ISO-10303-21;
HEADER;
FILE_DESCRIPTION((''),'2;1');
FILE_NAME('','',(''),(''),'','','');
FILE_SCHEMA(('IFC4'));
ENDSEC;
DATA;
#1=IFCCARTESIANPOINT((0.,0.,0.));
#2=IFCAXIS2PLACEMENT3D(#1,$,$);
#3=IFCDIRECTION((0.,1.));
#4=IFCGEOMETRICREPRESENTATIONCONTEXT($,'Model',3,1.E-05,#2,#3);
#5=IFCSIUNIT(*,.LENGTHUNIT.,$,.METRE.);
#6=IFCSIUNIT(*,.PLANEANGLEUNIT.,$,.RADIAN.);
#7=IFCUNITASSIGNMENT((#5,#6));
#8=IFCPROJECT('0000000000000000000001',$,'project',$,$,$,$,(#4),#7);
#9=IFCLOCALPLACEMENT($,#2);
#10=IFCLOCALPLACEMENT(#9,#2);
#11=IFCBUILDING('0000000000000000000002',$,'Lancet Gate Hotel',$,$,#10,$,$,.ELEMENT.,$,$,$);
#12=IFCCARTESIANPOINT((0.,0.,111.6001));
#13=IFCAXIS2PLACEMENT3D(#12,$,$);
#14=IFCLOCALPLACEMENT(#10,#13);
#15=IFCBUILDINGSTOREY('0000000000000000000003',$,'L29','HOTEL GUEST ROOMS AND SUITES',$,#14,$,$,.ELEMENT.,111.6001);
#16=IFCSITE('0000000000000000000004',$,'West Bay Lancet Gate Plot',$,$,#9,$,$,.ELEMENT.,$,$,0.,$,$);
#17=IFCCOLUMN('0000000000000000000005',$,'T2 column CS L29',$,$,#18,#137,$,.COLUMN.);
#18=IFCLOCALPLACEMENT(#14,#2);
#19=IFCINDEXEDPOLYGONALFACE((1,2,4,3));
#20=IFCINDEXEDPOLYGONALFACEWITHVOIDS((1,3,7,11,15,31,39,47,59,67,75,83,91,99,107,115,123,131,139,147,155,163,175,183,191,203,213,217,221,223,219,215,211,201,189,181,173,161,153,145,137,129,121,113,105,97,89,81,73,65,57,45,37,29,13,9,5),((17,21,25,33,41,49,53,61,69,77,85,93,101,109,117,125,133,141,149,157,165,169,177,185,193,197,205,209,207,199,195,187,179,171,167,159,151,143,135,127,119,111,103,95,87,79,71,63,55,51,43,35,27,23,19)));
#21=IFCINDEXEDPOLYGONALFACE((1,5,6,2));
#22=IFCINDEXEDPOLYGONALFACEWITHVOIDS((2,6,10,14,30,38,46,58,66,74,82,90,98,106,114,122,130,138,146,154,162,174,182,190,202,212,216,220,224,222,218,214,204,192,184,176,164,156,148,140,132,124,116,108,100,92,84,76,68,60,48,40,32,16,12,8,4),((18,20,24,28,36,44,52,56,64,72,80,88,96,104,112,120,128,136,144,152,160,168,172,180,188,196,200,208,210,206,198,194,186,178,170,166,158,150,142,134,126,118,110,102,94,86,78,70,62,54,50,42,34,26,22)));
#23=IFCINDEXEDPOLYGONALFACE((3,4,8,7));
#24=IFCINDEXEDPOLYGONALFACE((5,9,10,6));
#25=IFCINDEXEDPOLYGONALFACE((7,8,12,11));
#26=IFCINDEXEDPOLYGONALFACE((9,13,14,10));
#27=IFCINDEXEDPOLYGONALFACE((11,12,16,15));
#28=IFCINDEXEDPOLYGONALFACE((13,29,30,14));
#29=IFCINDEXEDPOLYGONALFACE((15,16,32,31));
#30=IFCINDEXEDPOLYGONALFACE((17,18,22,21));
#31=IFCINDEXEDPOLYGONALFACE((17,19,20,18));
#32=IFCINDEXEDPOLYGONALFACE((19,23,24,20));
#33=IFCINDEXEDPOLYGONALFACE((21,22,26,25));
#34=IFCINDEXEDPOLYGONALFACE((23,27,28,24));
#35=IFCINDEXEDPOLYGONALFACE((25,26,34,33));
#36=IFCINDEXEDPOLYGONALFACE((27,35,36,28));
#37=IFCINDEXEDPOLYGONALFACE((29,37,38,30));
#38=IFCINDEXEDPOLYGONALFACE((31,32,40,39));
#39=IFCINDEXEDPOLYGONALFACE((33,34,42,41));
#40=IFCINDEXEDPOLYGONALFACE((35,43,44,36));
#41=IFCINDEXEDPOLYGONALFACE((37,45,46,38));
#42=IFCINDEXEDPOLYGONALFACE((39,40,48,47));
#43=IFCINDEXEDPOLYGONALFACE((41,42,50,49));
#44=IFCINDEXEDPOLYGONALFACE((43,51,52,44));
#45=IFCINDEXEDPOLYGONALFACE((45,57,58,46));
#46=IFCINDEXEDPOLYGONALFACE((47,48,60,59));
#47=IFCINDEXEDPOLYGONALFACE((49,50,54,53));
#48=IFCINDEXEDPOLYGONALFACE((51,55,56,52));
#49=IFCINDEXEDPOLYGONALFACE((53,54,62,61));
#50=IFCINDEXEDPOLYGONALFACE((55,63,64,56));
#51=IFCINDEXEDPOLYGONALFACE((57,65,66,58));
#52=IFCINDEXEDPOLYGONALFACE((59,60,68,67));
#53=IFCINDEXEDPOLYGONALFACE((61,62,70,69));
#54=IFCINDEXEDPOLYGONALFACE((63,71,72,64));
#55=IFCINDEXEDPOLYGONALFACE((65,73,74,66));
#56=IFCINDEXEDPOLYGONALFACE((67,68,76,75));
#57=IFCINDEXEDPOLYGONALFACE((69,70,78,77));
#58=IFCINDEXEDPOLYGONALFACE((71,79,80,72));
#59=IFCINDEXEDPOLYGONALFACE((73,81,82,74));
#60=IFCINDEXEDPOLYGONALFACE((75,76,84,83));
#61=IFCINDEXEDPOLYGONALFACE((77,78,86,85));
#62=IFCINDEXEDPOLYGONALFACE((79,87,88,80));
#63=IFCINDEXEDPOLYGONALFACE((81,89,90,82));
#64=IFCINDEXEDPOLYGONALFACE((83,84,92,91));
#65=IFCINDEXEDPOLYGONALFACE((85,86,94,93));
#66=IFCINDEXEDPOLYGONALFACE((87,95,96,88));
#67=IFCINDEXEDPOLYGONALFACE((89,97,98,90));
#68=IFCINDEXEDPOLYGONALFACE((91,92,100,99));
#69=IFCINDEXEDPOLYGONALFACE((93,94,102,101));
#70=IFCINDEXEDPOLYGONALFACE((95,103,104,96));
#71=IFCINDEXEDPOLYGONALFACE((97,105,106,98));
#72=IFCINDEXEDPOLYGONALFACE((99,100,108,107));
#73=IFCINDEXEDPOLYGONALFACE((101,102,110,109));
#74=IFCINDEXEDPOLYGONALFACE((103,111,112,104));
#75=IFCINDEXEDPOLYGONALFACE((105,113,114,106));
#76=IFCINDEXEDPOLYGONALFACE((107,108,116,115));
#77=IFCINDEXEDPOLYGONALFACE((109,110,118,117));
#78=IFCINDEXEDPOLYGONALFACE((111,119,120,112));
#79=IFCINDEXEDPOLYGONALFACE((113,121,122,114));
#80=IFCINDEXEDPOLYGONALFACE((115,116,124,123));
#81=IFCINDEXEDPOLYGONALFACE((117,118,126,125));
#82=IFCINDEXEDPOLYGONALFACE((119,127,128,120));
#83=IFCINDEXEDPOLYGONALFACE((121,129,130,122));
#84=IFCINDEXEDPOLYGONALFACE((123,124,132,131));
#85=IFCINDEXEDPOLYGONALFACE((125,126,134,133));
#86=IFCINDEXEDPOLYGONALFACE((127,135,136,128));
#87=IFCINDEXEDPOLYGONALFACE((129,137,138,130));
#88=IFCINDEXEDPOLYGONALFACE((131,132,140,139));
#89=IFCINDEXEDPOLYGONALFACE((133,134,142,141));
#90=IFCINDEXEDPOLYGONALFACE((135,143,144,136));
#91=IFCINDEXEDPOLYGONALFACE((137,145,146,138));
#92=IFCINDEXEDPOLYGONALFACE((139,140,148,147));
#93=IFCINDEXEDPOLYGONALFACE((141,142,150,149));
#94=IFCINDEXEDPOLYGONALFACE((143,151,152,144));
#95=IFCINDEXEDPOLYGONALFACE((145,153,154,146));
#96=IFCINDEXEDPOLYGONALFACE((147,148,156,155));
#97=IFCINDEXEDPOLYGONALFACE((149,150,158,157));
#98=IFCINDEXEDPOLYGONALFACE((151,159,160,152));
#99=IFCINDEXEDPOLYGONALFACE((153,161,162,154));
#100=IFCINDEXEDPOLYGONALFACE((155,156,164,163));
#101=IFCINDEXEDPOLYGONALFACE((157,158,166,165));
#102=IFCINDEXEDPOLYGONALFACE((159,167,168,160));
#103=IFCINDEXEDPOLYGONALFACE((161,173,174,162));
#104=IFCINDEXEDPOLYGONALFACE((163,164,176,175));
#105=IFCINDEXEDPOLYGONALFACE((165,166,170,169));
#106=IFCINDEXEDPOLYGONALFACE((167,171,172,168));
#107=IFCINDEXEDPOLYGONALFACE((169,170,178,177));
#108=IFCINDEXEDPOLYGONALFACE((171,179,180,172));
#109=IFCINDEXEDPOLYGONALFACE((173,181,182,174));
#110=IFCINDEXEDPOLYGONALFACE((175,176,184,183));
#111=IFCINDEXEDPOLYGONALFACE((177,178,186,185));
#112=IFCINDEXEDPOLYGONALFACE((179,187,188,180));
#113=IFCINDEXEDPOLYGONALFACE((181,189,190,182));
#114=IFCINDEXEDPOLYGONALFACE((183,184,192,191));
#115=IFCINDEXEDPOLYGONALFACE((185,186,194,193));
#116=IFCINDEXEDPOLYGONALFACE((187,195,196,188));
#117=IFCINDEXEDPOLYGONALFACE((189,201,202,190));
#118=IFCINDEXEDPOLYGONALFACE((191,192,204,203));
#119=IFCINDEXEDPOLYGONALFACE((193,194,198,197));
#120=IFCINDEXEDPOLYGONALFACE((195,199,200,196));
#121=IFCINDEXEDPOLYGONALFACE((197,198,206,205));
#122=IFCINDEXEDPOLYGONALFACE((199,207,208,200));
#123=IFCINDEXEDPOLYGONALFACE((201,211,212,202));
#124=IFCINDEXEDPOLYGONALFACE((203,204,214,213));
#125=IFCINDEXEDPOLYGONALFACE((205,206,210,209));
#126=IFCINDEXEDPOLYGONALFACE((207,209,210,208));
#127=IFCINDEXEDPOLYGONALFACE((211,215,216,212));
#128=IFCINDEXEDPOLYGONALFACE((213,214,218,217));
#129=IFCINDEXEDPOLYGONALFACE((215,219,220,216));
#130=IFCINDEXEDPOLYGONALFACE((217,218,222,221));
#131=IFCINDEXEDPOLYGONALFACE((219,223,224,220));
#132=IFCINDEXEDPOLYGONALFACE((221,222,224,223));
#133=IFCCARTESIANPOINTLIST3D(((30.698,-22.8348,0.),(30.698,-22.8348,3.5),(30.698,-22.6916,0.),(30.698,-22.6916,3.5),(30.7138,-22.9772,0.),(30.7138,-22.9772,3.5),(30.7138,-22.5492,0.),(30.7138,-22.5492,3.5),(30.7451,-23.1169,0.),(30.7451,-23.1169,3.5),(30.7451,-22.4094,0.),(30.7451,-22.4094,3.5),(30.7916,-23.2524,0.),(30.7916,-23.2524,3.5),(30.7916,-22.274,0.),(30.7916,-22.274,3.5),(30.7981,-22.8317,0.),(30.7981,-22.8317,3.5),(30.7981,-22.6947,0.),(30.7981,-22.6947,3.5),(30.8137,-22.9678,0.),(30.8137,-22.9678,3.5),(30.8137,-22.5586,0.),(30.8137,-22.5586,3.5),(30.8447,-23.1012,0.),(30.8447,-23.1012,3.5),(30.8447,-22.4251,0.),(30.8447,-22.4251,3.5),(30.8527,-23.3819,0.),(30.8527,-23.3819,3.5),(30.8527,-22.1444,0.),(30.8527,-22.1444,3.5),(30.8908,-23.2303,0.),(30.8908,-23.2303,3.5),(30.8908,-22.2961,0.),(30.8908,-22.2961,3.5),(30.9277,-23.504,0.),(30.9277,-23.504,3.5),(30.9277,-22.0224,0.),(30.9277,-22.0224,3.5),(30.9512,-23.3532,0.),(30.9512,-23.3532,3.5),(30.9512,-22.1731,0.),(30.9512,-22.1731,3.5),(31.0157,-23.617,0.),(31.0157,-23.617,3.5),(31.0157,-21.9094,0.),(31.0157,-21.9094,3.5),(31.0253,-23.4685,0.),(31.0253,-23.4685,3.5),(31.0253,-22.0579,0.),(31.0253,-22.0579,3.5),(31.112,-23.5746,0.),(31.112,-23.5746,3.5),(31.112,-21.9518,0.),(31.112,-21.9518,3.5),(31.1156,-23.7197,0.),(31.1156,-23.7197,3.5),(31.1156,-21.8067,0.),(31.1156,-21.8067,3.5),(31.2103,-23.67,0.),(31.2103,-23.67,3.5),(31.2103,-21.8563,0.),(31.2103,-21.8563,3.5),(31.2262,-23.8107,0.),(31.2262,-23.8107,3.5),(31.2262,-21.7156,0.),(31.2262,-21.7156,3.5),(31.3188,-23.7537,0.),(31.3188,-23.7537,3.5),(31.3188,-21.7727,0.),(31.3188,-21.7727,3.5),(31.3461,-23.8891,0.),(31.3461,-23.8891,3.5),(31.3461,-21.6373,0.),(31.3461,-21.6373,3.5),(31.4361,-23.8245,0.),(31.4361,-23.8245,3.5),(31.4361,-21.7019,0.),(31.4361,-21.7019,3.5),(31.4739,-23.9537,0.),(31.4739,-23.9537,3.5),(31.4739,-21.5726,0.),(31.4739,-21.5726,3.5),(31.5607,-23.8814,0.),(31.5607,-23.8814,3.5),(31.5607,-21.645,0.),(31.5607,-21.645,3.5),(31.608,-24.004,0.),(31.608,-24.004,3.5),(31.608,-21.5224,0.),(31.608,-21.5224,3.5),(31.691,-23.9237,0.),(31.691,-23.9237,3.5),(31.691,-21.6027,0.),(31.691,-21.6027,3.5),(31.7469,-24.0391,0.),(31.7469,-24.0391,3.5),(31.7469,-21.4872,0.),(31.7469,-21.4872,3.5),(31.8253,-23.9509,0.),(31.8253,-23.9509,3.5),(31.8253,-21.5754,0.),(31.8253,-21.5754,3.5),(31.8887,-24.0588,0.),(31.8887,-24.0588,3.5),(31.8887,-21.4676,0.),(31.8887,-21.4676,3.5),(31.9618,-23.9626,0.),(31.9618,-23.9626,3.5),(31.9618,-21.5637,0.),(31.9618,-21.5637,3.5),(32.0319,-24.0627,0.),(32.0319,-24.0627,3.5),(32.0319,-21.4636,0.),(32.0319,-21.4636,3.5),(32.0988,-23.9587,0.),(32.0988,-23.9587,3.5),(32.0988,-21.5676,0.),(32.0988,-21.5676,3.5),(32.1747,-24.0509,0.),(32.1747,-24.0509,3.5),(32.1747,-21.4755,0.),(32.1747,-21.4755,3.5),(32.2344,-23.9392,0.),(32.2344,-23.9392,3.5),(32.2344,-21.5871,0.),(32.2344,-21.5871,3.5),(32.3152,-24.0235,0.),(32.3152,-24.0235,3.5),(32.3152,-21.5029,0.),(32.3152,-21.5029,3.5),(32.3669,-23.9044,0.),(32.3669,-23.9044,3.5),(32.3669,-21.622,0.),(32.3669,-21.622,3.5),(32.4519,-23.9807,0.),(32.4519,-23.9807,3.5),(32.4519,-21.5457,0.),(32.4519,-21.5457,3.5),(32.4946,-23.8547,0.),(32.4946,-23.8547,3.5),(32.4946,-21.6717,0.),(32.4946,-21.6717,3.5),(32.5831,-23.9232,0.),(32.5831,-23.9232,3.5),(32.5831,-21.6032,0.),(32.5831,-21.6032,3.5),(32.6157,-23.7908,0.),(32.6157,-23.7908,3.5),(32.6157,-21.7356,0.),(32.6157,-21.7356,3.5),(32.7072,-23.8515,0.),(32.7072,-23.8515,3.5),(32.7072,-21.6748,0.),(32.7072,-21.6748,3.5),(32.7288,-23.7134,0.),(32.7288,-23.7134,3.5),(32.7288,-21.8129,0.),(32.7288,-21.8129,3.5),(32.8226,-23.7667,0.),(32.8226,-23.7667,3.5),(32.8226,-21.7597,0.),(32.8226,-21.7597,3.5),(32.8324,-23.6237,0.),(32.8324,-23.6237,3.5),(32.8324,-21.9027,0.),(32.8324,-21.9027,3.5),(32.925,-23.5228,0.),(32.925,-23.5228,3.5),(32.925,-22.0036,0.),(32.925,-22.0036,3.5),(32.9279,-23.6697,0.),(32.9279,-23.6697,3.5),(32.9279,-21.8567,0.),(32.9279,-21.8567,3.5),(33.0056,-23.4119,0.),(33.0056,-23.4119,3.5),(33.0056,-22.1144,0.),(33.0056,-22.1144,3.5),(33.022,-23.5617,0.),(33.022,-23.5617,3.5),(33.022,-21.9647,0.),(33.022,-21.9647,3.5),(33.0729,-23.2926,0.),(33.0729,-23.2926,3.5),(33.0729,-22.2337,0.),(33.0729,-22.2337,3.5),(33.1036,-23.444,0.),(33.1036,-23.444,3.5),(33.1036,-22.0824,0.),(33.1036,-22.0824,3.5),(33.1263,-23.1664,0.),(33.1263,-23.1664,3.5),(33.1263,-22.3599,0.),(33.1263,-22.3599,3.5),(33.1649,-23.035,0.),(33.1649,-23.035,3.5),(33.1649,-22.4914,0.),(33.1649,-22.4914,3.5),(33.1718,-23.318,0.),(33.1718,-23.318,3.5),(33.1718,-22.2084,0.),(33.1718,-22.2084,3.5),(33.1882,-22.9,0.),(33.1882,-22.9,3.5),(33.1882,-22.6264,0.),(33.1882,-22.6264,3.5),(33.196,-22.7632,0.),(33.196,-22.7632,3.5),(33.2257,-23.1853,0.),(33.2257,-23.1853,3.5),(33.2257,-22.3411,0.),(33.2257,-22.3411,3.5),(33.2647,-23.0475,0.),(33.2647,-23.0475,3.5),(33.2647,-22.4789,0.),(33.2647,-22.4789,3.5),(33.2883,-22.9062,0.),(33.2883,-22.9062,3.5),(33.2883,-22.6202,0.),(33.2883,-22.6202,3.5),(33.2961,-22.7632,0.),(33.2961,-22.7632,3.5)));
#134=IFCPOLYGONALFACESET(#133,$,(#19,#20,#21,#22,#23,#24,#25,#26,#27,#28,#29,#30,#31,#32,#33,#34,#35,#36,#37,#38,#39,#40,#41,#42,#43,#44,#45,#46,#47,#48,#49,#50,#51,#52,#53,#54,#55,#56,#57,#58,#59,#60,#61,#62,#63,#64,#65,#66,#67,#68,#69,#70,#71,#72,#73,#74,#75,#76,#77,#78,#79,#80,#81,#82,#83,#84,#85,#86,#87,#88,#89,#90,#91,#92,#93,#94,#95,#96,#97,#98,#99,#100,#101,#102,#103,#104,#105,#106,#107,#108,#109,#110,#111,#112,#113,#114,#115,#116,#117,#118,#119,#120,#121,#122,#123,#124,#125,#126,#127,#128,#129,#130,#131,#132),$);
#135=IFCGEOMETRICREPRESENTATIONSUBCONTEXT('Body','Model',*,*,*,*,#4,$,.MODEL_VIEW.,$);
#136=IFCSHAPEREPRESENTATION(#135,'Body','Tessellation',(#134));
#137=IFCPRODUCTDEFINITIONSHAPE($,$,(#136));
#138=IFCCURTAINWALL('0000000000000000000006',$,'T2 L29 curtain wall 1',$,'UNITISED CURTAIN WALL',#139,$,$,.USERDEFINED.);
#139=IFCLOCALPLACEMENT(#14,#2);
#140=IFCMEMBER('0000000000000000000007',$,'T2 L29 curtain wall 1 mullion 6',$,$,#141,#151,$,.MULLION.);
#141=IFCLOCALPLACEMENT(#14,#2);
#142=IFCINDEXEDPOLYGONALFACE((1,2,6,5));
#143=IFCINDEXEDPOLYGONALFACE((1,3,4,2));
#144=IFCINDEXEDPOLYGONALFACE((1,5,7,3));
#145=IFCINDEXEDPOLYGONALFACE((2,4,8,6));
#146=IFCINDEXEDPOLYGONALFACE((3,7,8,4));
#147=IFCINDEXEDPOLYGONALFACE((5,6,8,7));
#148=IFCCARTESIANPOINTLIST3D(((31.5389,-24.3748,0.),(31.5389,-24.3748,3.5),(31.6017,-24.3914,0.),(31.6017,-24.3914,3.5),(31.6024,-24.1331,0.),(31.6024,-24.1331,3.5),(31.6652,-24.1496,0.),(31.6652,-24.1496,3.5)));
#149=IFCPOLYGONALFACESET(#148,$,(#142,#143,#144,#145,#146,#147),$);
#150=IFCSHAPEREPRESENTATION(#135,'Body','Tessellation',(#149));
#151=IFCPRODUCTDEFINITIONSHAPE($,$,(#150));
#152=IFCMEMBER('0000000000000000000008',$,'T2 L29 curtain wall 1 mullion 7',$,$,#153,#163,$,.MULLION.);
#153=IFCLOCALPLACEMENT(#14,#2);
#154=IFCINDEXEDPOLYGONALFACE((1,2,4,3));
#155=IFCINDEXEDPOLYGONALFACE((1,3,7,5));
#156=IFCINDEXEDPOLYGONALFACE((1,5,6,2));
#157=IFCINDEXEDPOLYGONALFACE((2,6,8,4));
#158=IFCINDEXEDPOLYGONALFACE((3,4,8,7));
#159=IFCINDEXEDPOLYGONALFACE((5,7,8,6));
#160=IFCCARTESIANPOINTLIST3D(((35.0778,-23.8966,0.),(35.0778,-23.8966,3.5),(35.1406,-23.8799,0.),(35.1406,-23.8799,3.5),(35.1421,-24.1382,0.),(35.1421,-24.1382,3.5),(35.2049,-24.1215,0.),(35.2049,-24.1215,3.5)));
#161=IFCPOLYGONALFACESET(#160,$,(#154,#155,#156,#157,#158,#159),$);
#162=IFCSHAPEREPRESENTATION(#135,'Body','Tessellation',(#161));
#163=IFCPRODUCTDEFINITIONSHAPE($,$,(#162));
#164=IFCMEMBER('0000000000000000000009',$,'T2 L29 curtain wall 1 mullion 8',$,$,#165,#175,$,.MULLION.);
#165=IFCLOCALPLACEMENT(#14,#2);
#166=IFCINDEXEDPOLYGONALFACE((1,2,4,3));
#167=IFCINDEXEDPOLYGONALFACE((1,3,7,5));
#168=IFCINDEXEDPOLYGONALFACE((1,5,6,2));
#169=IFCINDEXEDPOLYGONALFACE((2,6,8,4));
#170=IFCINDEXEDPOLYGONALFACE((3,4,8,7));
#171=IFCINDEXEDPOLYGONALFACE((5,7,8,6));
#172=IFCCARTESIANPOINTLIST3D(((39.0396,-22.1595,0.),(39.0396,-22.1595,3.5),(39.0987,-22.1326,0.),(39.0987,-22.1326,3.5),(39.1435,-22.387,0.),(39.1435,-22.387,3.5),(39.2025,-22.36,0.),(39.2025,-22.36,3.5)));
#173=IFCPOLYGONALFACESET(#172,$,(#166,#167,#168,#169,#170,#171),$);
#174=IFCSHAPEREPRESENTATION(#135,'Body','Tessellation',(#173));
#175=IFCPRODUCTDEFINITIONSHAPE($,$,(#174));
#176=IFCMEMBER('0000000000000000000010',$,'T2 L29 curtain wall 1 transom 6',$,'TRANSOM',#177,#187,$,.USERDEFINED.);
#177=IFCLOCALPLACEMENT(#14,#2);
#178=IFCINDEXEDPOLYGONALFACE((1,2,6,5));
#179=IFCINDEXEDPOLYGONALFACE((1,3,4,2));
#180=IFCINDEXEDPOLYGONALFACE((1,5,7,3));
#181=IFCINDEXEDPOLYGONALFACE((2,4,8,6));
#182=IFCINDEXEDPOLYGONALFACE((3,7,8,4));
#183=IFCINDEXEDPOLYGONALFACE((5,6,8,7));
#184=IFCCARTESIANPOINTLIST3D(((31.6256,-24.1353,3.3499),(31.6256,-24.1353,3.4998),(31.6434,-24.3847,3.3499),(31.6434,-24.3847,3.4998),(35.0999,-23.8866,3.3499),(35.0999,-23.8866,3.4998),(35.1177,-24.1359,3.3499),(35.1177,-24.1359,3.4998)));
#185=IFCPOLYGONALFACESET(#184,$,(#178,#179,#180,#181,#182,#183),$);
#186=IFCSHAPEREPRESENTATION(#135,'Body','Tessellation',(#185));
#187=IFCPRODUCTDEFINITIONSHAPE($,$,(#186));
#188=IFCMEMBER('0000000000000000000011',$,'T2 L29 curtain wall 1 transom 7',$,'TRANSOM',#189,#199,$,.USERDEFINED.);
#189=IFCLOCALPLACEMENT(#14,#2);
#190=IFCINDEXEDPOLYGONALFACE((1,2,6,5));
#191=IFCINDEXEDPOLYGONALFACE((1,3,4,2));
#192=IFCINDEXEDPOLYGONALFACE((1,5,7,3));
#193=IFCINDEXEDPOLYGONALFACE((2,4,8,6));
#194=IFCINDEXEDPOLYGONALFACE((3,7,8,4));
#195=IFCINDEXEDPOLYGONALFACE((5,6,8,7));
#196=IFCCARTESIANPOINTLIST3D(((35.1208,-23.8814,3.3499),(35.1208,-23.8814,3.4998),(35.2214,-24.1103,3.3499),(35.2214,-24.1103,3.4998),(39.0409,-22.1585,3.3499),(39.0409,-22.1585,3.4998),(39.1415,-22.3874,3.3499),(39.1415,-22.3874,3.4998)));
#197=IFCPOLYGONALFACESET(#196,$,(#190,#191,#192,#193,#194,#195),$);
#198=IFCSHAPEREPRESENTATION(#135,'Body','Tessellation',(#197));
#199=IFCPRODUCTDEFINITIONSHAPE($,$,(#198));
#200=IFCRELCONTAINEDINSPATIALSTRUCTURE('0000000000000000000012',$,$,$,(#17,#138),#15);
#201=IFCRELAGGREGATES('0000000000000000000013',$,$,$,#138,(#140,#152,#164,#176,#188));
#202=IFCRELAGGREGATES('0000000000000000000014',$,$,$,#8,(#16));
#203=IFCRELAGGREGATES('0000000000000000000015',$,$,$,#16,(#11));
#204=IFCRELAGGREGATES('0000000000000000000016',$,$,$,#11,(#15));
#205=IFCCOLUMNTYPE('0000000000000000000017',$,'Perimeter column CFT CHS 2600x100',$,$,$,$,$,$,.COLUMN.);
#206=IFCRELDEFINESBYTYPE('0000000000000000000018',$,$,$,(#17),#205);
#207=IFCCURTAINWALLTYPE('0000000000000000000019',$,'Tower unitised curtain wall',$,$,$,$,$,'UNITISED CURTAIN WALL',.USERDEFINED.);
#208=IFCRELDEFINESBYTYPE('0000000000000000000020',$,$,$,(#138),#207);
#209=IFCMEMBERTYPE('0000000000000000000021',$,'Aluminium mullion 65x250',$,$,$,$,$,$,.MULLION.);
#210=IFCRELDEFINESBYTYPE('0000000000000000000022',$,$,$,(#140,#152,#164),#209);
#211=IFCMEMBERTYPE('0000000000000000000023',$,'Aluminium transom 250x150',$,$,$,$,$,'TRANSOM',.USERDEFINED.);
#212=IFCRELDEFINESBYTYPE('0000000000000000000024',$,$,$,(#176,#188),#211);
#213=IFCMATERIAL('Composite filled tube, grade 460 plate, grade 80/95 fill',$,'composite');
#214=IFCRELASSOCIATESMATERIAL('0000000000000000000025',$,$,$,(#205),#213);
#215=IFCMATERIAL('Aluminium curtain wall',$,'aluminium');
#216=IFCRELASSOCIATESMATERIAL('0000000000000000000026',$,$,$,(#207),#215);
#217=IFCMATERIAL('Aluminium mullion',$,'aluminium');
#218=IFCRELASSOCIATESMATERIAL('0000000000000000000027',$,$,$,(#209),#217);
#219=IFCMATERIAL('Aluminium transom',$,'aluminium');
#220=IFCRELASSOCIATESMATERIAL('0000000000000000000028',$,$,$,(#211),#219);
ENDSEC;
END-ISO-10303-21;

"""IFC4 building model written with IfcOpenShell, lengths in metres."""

from ifc_helpers import new_model, si_unit, direction, frame, origin, origin_2d, place, context, subcontext, project, spatial, rectangle, hollow_circle, extrude, material, material_profile, profile_set, type_object, element, aggregate, save


model = new_model("IFC4")

# Units and contexts
model_context = context("Model", 3, precision=1e-05, world=origin(), true_north=direction((0.0, 1.0)))
body_context = subcontext(model_context, "Body", "Model", "MODEL_VIEW")
ifc_project = project(units=[si_unit("LENGTHUNIT", "METRE"), si_unit("PLANEANGLEUNIT", "RADIAN")], contexts=[model_context])

# Site, building, storey
site_placement = place(None, origin())
site = spatial("IfcSite", under=ifc_project, at=site_placement, Name="West Bay Lancet Gate Plot", CompositionType="ELEMENT", RefElevation=0.0)
building_placement = place(site_placement, origin())
building = spatial("IfcBuilding", under=site, at=building_placement, Name="Lancet Gate Hotel", CompositionType="ELEMENT")
storey_placement = place(building_placement, frame((0.0, 0.0, 111.6001)))
storey = spatial("IfcBuildingStorey", under=building, at=storey_placement, Name="L29", Description="HOTEL GUEST ROOMS AND SUITES", CompositionType="ELEMENT", Elevation=111.6001)

# Column
ifc_material_1 = material(Name="Composite filled tube, grade 460 plate, grade 80/95 fill", Category="composite")
ifc_material_profile_1 = material_profile(ifc_material_1, hollow_circle(Radius=1.3, WallThickness=0.1001, at=origin_2d()), Name="CHS 2600x100")
ifc_profile_set_1 = profile_set([ifc_material_profile_1], Name="Composite filled tube, grade 460 plate, grade 80/95 fill")
column_type = type_object("IfcColumnType", Name="Perimeter column CFT CHS 2600x100", PredefinedType="COLUMN", material=ifc_profile_set_1)
column_placement = place(storey_placement, frame((31.9961, -22.7632, 0.0), z_axis=(0.0, 0.0, 1.0), x_axis=(1.0, 0.0, 0.0)))
element("IfcColumn", 1, at=column_placement, inside=storey, type_object=column_type, Name="T2 column CS L29", PredefinedType="COLUMN", context=body_context, shape_type="SweptSolid", body=[
    extrude(hollow_circle(Radius=1.3, WallThickness=0.1001, at=origin_2d()), origin(), (0.0, 0.0, 1.0), 3.5),
])

# Curtain wall, members
ifc_material_2 = material(Name="Aluminium curtain wall", Category="aluminium")
curtain_wall_type = type_object("IfcCurtainWallType", Name="Tower unitised curtain wall", ElementType="UNITISED CURTAIN WALL", PredefinedType="USERDEFINED", material=ifc_material_2)
curtain_wall_placement = place(storey_placement, origin())
curtain_wall = element("IfcCurtainWall", 2, at=curtain_wall_placement, inside=storey, type_object=curtain_wall_type, Name="T2 L29 curtain wall 1", ObjectType="UNITISED CURTAIN WALL", PredefinedType="USERDEFINED")
ifc_material_3 = material(Name="Aluminium mullion", Category="aluminium")
ifc_material_profile_2 = material_profile(ifc_material_3, rectangle(XDim=0.0649, YDim=0.25, at=origin_2d()), Name="MULLION 65x250")
ifc_profile_set_2 = profile_set([ifc_material_profile_2], Name="Aluminium mullion")
member_type_1 = type_object("IfcMemberType", Name="Aluminium mullion 65x250", PredefinedType="MULLION", material=ifc_profile_set_2)
member_1_placement = place(storey_placement, frame((31.6021, -24.2622, 0.0), z_axis=(0.0, 0.0, 1.0), x_axis=(0.967157, -0.254179, 0.0)))
member_1 = element("IfcMember", 3, at=member_1_placement, type_object=member_type_1, Name="T2 L29 curtain wall 1 mullion 6", PredefinedType="MULLION", context=body_context, shape_type="SweptSolid", body=[
    extrude(rectangle(XDim=0.0649, YDim=0.25, at=origin_2d()), origin(), (0.0, 0.0, 1.0), 3.5),
])
member_2_placement = place(storey_placement, frame((35.1414, -24.009, 0.0), z_axis=(0.0, 0.0, 1.0), x_axis=(0.966317, 0.257353, 0.0)))
member_2 = element("IfcMember", 4, at=member_2_placement, type_object=member_type_1, Name="T2 L29 curtain wall 1 mullion 7", PredefinedType="MULLION", context=body_context, shape_type="SweptSolid", body=[
    extrude(rectangle(XDim=0.0649, YDim=0.25, at=origin_2d()), origin(), (0.0, 0.0, 1.0), 3.5),
])
member_3_placement = place(storey_placement, frame((39.1211, -22.2598, 0.0), z_axis=(0.0, 0.0, 1.0), x_axis=(0.909673, 0.415326, 0.0)))
member_3 = element("IfcMember", 5, at=member_3_placement, type_object=member_type_1, Name="T2 L29 curtain wall 1 mullion 8", PredefinedType="MULLION", context=body_context, shape_type="SweptSolid", body=[
    extrude(rectangle(XDim=0.0649, YDim=0.25, at=origin_2d()), origin(), (0.0, 0.0, 1.0), 3.5),
])
ifc_material_4 = material(Name="Aluminium transom", Category="aluminium")
ifc_material_profile_3 = material_profile(ifc_material_4, rectangle(XDim=0.25, YDim=0.1499, at=origin_2d()), Name="TRANSOM 250x150")
ifc_profile_set_3 = profile_set([ifc_material_profile_3], Name="Aluminium transom")
member_type_2 = type_object("IfcMemberType", Name="Aluminium transom 250x150", ElementType="TRANSOM", PredefinedType="USERDEFINED", material=ifc_profile_set_3)
member_4_placement = place(storey_placement, frame((31.6345, -24.26, 3.4248), z_axis=(0.997446, 0.071421, 0.0), x_axis=(-0.071421, 0.997446, 0.0)))
member_4 = element("IfcMember", 6, at=member_4_placement, type_object=member_type_2, Name="T2 L29 curtain wall 1 transom 6", ObjectType="TRANSOM", PredefinedType="USERDEFINED", context=body_context, shape_type="SweptSolid", body=[
    extrude(rectangle(XDim=0.25, YDim=0.1499, at=origin_2d()), origin(), (0.0, 0.0, 1.0), 3.4832),
])
member_5_placement = place(storey_placement, frame((35.1711, -23.9958, 3.4248), z_axis=(0.915485, 0.402353, 0.0), x_axis=(-0.402353, 0.915485, 0.0)))
member_5 = element("IfcMember", 7, at=member_5_placement, type_object=member_type_2, Name="T2 L29 curtain wall 1 transom 7", ObjectType="TRANSOM", PredefinedType="USERDEFINED", context=body_context, shape_type="SweptSolid", body=[
    extrude(rectangle(XDim=0.25, YDim=0.1499, at=origin_2d()), origin(), (0.0, 0.0, 1.0), 4.282),
])

aggregate(curtain_wall, [member_1, member_2, member_3, member_4, member_5])

save(model, "model.ifc")
